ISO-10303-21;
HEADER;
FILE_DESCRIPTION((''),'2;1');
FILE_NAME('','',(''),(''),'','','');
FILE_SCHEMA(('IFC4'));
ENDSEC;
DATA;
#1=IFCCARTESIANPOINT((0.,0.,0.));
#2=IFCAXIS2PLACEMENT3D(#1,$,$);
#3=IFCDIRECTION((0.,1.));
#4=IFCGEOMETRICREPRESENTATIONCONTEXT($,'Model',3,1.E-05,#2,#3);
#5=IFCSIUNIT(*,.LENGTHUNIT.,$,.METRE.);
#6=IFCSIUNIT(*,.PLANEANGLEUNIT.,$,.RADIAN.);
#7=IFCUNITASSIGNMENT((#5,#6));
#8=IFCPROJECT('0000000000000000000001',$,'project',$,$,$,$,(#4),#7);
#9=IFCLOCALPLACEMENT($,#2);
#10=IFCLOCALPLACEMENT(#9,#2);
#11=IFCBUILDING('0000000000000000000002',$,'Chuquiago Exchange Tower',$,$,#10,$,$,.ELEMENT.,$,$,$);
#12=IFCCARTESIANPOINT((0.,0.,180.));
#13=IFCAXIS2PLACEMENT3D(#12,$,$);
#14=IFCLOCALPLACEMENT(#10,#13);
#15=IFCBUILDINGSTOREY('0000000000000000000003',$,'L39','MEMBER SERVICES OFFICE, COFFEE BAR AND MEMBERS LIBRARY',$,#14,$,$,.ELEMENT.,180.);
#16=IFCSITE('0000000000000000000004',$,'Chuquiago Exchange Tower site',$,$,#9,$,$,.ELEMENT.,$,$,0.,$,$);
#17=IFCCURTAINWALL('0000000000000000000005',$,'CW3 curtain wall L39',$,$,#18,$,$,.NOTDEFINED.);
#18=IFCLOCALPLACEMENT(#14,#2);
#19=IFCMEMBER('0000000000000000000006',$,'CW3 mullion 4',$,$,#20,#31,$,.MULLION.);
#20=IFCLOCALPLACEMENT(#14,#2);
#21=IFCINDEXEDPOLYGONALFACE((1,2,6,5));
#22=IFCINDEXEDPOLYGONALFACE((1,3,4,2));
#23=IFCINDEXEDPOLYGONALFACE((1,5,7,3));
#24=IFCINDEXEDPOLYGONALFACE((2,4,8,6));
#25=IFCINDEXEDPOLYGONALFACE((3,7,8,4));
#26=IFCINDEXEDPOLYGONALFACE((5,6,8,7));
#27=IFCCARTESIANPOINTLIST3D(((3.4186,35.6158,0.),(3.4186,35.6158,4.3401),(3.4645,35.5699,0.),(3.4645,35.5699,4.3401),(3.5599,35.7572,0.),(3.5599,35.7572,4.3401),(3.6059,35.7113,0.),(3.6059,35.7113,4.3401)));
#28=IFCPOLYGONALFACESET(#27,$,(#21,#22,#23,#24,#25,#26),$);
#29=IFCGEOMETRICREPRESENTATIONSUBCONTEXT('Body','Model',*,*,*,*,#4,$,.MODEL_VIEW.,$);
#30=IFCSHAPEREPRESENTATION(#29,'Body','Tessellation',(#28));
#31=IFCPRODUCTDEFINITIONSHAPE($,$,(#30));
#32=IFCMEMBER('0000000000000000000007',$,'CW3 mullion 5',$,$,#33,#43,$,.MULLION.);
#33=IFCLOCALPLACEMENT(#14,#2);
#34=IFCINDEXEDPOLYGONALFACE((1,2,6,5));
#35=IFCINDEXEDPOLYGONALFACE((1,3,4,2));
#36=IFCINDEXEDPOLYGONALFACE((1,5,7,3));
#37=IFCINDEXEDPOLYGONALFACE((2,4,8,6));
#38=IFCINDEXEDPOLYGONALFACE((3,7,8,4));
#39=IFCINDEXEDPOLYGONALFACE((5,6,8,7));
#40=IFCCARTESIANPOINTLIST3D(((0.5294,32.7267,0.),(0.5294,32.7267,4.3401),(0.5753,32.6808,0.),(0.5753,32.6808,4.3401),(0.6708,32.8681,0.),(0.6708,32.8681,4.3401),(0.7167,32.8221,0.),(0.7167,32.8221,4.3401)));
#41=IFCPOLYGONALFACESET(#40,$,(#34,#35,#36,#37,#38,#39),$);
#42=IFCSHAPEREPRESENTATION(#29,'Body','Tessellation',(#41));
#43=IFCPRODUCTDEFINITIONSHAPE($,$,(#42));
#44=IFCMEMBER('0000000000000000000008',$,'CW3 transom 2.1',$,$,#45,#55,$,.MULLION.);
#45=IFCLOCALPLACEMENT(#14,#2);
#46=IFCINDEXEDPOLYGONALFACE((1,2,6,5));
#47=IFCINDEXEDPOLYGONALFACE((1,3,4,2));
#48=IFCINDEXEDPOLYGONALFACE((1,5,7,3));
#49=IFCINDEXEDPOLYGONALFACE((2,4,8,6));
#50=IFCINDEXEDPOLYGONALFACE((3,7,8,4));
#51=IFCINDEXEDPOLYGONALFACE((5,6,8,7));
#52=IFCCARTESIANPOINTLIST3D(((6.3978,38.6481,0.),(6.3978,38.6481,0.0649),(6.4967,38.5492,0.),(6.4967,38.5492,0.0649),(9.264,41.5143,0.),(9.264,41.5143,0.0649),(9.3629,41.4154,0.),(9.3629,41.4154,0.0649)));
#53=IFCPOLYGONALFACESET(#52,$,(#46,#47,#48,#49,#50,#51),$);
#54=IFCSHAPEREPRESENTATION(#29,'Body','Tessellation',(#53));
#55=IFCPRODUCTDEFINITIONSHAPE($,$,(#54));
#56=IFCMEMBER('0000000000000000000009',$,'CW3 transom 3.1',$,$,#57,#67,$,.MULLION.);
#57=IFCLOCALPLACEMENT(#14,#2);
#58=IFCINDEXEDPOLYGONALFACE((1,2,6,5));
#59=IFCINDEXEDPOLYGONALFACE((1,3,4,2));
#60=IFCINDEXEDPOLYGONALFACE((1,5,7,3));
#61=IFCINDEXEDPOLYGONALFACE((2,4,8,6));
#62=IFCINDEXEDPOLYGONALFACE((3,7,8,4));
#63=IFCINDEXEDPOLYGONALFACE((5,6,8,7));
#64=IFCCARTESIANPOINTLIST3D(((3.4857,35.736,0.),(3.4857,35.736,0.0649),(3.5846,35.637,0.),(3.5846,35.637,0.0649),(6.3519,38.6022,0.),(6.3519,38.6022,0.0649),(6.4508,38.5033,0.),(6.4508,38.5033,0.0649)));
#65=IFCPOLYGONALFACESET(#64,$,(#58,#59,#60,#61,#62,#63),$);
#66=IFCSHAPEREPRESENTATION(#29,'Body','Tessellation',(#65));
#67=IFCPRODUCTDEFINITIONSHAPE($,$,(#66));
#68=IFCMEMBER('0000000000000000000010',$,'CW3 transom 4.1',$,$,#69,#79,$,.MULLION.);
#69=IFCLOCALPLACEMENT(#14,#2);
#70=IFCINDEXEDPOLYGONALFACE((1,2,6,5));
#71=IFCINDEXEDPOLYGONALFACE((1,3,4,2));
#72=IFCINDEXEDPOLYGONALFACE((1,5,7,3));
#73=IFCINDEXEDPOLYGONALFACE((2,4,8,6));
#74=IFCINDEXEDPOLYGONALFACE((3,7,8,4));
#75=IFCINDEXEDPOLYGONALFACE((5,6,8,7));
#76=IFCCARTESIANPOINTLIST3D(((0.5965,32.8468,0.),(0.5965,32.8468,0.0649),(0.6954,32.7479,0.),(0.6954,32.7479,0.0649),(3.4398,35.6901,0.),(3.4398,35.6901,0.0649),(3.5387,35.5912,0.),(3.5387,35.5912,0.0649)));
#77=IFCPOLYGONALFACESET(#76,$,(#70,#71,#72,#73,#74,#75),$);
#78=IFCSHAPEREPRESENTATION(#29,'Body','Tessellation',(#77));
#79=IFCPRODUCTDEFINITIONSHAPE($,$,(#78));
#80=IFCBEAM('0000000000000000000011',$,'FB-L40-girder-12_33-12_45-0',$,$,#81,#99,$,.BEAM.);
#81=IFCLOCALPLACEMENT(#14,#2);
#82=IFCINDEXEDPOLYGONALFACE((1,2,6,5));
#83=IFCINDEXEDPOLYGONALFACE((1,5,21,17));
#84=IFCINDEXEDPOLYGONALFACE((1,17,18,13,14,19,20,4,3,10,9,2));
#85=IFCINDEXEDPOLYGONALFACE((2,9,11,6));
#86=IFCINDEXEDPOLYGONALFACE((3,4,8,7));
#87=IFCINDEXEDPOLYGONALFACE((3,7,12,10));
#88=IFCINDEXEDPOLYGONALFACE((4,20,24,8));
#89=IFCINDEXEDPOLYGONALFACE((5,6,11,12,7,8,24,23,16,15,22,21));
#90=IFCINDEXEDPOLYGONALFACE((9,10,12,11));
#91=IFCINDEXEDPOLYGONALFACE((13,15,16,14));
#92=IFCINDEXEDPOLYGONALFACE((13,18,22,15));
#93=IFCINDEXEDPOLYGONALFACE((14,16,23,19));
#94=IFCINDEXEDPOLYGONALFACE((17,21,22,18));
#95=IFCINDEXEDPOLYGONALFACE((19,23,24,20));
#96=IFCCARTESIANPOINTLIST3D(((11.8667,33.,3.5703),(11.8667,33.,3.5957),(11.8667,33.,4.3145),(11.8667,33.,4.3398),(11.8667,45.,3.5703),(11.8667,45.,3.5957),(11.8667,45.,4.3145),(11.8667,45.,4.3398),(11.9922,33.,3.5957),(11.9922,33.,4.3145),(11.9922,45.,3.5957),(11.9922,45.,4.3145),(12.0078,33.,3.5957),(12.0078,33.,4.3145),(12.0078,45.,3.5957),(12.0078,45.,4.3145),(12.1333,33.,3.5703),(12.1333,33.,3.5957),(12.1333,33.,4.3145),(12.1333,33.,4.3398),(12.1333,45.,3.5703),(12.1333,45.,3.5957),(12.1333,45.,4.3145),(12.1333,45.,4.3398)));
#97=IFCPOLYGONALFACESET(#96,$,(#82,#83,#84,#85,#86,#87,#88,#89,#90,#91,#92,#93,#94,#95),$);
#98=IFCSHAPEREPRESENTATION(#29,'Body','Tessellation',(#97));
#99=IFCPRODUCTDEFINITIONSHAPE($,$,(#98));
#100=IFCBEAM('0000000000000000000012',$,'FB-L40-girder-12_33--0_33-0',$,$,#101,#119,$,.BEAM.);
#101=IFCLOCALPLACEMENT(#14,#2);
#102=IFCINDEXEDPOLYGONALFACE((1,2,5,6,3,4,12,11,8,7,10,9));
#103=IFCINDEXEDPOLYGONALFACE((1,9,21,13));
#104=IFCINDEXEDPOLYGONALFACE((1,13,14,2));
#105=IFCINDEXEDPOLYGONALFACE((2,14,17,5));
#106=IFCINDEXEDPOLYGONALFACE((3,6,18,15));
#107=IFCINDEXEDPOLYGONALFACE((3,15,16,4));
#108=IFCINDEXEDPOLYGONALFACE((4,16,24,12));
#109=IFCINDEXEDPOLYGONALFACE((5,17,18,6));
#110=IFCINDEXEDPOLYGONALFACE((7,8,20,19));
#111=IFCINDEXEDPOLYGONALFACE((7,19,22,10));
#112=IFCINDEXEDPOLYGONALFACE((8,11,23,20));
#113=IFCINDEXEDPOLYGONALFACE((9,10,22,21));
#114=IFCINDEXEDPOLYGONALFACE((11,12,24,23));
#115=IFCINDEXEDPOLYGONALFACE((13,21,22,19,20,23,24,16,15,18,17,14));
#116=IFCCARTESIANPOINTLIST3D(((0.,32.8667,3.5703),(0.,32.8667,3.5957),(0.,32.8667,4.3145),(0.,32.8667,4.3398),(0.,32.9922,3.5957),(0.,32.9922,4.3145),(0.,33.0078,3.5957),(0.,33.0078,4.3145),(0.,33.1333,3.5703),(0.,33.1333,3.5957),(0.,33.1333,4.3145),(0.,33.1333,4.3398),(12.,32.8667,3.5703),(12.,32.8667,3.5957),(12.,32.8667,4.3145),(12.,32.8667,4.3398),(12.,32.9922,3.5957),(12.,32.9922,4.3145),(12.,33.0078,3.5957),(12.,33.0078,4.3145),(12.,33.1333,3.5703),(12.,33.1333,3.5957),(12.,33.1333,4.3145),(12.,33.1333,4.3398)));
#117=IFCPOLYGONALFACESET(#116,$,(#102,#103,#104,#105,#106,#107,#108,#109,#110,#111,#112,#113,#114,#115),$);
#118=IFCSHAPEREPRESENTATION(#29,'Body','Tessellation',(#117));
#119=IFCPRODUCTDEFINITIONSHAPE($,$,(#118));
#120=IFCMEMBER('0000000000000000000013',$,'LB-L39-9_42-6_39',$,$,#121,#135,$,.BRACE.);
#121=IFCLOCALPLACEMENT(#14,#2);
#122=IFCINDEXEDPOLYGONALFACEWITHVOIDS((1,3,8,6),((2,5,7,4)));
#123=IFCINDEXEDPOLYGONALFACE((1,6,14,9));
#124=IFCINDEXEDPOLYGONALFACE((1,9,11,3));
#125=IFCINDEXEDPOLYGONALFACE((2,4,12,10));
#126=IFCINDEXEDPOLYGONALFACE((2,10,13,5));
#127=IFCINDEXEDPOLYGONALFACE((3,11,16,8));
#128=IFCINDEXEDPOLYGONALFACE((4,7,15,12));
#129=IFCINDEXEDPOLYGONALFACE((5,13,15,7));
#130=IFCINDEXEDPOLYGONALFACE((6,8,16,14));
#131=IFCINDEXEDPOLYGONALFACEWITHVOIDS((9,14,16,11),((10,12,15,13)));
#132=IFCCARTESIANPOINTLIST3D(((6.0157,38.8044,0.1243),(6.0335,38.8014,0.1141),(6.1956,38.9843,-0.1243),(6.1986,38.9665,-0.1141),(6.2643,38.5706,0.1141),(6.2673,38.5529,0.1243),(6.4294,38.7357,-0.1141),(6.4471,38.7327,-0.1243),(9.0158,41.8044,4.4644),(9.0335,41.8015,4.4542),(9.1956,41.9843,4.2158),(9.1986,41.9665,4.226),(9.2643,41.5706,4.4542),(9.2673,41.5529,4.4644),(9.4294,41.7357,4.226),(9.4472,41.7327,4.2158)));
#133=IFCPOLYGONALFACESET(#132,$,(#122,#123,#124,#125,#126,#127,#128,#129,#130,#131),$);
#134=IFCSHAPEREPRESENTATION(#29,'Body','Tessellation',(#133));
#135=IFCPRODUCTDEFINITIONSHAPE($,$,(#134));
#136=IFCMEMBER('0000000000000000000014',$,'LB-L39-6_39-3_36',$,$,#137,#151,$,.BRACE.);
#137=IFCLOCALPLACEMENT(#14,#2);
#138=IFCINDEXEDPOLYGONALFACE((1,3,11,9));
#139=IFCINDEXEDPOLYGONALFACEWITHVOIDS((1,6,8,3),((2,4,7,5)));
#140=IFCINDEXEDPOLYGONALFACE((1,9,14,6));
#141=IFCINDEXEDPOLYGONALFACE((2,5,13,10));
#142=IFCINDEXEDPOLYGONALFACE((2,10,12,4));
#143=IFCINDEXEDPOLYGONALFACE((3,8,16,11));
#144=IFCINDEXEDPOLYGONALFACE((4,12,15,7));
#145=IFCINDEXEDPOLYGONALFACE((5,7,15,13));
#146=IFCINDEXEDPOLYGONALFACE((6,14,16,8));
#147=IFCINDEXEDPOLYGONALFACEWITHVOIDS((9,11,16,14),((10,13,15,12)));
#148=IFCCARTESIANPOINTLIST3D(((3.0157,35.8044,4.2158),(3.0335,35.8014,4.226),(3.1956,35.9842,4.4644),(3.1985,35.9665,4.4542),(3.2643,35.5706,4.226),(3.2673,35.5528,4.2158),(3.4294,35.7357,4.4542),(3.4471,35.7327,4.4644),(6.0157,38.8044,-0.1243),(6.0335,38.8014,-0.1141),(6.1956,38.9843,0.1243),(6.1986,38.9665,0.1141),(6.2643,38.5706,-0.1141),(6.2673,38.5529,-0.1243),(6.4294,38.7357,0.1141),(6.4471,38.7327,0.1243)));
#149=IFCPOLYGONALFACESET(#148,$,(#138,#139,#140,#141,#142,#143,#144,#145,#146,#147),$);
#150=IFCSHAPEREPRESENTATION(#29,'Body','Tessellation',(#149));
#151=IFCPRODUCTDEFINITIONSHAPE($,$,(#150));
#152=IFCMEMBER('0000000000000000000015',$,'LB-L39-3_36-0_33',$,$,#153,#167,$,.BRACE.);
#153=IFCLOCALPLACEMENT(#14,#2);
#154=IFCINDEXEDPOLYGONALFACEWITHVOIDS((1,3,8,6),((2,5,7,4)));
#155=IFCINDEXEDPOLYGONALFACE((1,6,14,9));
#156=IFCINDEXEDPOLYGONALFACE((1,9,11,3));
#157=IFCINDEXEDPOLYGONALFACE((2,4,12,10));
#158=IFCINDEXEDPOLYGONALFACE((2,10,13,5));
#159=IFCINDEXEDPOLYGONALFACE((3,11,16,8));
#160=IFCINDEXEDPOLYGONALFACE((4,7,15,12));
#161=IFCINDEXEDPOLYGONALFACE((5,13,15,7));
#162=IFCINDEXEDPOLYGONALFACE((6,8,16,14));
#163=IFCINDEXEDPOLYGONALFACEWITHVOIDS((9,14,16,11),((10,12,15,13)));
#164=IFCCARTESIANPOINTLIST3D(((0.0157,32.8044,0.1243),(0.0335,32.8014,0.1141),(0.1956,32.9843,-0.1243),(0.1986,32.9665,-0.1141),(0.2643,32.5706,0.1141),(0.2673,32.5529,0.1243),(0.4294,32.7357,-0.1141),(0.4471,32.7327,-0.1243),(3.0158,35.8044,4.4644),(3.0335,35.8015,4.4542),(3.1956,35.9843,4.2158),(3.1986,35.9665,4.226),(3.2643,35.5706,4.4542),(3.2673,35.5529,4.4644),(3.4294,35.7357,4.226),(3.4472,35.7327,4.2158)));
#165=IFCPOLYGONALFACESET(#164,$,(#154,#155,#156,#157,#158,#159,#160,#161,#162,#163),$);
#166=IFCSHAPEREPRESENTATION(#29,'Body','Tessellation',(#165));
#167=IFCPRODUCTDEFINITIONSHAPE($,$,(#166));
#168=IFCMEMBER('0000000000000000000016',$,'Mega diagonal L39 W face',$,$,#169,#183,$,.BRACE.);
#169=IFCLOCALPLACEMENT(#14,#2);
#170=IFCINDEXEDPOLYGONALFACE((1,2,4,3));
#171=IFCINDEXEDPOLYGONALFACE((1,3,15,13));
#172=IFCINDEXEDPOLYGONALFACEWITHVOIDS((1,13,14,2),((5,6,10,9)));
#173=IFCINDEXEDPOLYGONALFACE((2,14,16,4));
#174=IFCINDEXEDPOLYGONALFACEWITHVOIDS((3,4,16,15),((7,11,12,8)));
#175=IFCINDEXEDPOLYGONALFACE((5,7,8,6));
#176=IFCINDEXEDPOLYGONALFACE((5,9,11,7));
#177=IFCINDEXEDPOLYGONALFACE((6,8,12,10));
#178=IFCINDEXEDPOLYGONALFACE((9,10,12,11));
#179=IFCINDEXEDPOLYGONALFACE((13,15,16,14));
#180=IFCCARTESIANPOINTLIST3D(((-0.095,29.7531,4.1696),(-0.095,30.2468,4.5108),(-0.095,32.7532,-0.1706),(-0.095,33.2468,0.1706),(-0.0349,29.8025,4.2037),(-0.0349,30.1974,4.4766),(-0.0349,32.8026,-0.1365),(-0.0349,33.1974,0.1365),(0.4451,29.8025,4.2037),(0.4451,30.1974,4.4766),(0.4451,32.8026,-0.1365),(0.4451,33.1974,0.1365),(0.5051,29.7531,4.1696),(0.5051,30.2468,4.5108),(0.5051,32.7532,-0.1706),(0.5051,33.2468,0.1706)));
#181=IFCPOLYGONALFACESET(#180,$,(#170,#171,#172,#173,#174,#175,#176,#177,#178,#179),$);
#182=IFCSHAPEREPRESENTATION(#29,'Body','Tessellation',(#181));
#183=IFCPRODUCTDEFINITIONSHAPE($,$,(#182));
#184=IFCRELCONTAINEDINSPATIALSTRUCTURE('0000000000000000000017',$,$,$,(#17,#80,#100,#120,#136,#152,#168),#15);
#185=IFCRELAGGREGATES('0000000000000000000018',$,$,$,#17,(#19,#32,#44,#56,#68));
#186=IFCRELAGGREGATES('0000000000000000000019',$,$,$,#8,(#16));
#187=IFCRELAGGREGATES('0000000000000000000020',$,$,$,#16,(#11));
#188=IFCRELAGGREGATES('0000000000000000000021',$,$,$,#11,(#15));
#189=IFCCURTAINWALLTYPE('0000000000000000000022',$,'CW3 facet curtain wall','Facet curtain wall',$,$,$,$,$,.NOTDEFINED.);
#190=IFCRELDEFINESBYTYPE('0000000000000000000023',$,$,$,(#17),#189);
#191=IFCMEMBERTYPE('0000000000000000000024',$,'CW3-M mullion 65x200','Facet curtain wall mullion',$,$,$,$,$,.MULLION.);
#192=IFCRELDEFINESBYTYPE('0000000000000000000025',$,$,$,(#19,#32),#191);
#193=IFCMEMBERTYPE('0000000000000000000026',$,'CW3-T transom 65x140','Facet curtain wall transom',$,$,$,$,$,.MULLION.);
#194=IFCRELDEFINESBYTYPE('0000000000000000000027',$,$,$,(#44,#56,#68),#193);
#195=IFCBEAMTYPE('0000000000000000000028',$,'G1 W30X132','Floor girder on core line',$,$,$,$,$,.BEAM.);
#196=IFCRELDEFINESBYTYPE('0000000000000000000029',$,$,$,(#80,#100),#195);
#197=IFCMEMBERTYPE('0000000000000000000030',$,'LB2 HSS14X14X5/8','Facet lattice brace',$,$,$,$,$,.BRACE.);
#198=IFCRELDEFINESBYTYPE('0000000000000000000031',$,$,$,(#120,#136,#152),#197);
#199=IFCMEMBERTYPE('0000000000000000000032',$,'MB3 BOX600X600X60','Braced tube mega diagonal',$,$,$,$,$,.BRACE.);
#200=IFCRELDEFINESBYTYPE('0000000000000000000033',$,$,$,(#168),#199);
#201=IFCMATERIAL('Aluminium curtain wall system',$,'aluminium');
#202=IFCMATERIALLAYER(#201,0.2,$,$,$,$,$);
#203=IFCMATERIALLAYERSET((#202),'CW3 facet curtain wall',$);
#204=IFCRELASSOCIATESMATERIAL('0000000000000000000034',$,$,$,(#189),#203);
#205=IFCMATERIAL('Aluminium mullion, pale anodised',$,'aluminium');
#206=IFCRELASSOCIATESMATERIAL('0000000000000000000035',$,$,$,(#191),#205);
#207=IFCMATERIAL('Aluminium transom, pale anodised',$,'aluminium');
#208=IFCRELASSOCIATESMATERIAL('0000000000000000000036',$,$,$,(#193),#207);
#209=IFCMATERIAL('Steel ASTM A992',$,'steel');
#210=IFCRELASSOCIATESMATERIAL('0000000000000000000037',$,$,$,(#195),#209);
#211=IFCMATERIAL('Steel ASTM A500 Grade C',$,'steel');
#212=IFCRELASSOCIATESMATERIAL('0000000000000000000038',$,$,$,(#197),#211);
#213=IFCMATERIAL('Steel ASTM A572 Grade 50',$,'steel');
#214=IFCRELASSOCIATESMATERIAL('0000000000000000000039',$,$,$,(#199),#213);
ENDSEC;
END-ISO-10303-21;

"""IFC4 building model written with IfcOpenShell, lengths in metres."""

from ifc_helpers import new_model, si_unit, direction, frame, origin, origin_2d, place, context, subcontext, project, spatial, rectangle, hollow_rectangle, i_section, extrude, material, layer, layer_set, material_profile, profile_set, type_object, element, aggregate, save


model = new_model("IFC4")

# Units and contexts
model_context = context("Model", 3, precision=1e-05, world=origin(), true_north=direction((0.0, 1.0)))
body_context = subcontext(model_context, "Body", "Model", "MODEL_VIEW")
ifc_project = project(units=[si_unit("LENGTHUNIT", "METRE"), si_unit("PLANEANGLEUNIT", "RADIAN")], contexts=[model_context])

# Site, building, storey
site_placement = place(None, origin())
site = spatial("IfcSite", under=ifc_project, at=site_placement, Name="Chuquiago Exchange Tower site", CompositionType="ELEMENT", RefElevation=0.0)
building_placement = place(site_placement, origin())
building = spatial("IfcBuilding", under=site, at=building_placement, Name="Chuquiago Exchange Tower", CompositionType="ELEMENT")
storey_placement = place(building_placement, frame((0.0, 0.0, 180.0)))
storey = spatial("IfcBuildingStorey", under=building, at=storey_placement, Name="L39", Description="MEMBER SERVICES OFFICE, COFFEE BAR AND MEMBERS LIBRARY", CompositionType="ELEMENT", Elevation=180.0)

# Curtain wall, members
ifc_material_1 = material(Name="Aluminium curtain wall system", Category="aluminium")
ifc_layer_1 = layer(ifc_material_1, 0.2)
ifc_layer_set_1 = layer_set([ifc_layer_1], Name="CW3 facet curtain wall")
curtain_wall_type_1 = type_object("IfcCurtainWallType", Name="CW3 facet curtain wall", Description="Facet curtain wall", PredefinedType="NOTDEFINED", material=ifc_layer_set_1)
curtain_wall_1_placement = place(storey_placement, origin())
curtain_wall_1 = element("IfcCurtainWall", 1, at=curtain_wall_1_placement, inside=storey, type_object=curtain_wall_type_1, Name="CW3 curtain wall L39", PredefinedType="NOTDEFINED")
ifc_material_2 = material(Name="Aluminium mullion, pale anodised", Category="aluminium")
ifc_material_profile_1 = material_profile(ifc_material_2, rectangle(XDim=0.0649, YDim=0.2, at=origin_2d()), Name="AL 65x200")
ifc_profile_set_1 = profile_set([ifc_material_profile_1], Name="Aluminium mullion, pale anodised")
member_type_1 = type_object("IfcMemberType", Name="CW3-M mullion 65x200", Description="Facet curtain wall mullion", PredefinedType="MULLION", material=ifc_profile_set_1)
member_1_placement = place(storey_placement, frame((3.5122, 35.6636, 0.0), z_axis=(0.0, 0.0, 1.0), x_axis=(0.707107, -0.707107, 0.0)))
member_1 = element("IfcMember", 2, at=member_1_placement, type_object=member_type_1, Name="CW3 mullion 4", PredefinedType="MULLION", context=body_context, shape_type="SweptSolid", body=[
    extrude(rectangle(XDim=0.0649, YDim=0.2, at=origin_2d()), origin(), (0.0, 0.0, 1.0), 4.3401),
])
member_2_placement = place(storey_placement, frame((0.623, 32.7744, 0.0), z_axis=(0.0, 0.0, 1.0), x_axis=(0.707107, -0.707107, 0.0)))
member_2 = element("IfcMember", 3, at=member_2_placement, type_object=member_type_1, Name="CW3 mullion 5", PredefinedType="MULLION", context=body_context, shape_type="SweptSolid", body=[
    extrude(rectangle(XDim=0.0649, YDim=0.2, at=origin_2d()), origin(), (0.0, 0.0, 1.0), 4.3401),
])
ifc_material_3 = material(Name="Aluminium transom, pale anodised", Category="aluminium")
ifc_material_profile_2 = material_profile(ifc_material_3, rectangle(XDim=0.1399, YDim=0.0649, at=origin_2d()), Name="AL 140x65")
ifc_profile_set_2 = profile_set([ifc_material_profile_2], Name="Aluminium transom, pale anodised")
member_type_2 = type_object("IfcMemberType", Name="CW3-T transom 65x140", Description="Facet curtain wall transom", PredefinedType="MULLION", material=ifc_profile_set_2)
member_3_placement = place(storey_placement, frame((9.3135, 41.4648, 0.0325), z_axis=(-0.707107, -0.707107, 0.0), x_axis=(0.707107, -0.707107, 0.0)))
member_3 = element("IfcMember", 4, at=member_3_placement, type_object=member_type_2, Name="CW3 transom 2.1", PredefinedType="MULLION", context=body_context, shape_type="SweptSolid", body=[
    extrude(rectangle(XDim=0.1399, YDim=0.0649, at=origin_2d()), origin(), (0.0, 0.0, 1.0), 4.0535),
])
member_4_placement = place(storey_placement, frame((6.4014, 38.5527, 0.0325), z_axis=(-0.707107, -0.707107, 0.0), x_axis=(0.707107, -0.707107, 0.0)))
member_4 = element("IfcMember", 5, at=member_4_placement, type_object=member_type_2, Name="CW3 transom 3.1", PredefinedType="MULLION", context=body_context, shape_type="SweptSolid", body=[
    extrude(rectangle(XDim=0.1399, YDim=0.0649, at=origin_2d()), origin(), (0.0, 0.0, 1.0), 4.0535),
])
member_5_placement = place(storey_placement, frame((3.4893, 35.6406, 0.0325), z_axis=(-0.707107, -0.707107, 0.0), x_axis=(0.707107, -0.707107, 0.0)))
member_5 = element("IfcMember", 6, at=member_5_placement, type_object=member_type_2, Name="CW3 transom 4.1", PredefinedType="MULLION", context=body_context, shape_type="SweptSolid", body=[
    extrude(rectangle(XDim=0.1399, YDim=0.0649, at=origin_2d()), origin(), (0.0, 0.0, 1.0), 4.021),
])

# Beams
ifc_material_4 = material(Name="Steel ASTM A992", Category="steel")
ifc_material_profile_3 = material_profile(ifc_material_4, i_section(OverallWidth=0.2666, OverallDepth=0.7695, WebThickness=0.0156, FlangeThickness=0.0254, at=origin_2d()), Name="W30X132")
ifc_profile_set_3 = profile_set([ifc_material_profile_3], Name="Steel ASTM A992")
beam_type_1 = type_object("IfcBeamType", Name="G1 W30X132", Description="Floor girder on core line", PredefinedType="BEAM", material=ifc_profile_set_3)
for number, where, z_axis, x_axis, name in (
    (7, (12.0, 33.0, 3.9551), (0.0, 1.0, 0.0), (-1.0, 0.0, 0.0), "FB-L40-girder-12_33-12_45-0"),
    (8, (12.0, 33.0, 3.9551), (-1.0, 0.0, 0.0), (0.0, -1.0, 0.0), "FB-L40-girder-12_33--0_33-0"),
):
    element("IfcBeam", number, at=place(storey_placement, frame(where, z_axis=z_axis, x_axis=x_axis)), inside=storey, type_object=beam_type_1, Name=name, PredefinedType="BEAM", context=body_context, shape_type="SweptSolid", body=[
        extrude(i_section(OverallWidth=0.2666, OverallDepth=0.7695, WebThickness=0.0156, FlangeThickness=0.0254, at=origin_2d()), origin(), (0.0, 0.0, 1.0), 12.0),
    ])

# Members
ifc_material_5 = material(Name="Steel ASTM A500 Grade C", Category="steel")
ifc_material_profile_4 = material_profile(ifc_material_5, hollow_rectangle(XDim=0.3557, YDim=0.3557, WallThickness=0.0146, at=origin_2d()), Name="HSS14X14X5/8")
ifc_profile_set_4 = profile_set([ifc_material_profile_4], Name="Steel ASTM A500 Grade C")
member_type_3 = type_object("IfcMemberType", Name="LB2 HSS14X14X5/8", Description="Facet lattice brace", PredefinedType="BRACE", material=ifc_profile_set_4)
for number, where, z_axis, x_axis, name in (
    (9, (6.2314, 38.7686, 0.0), (0.494291, 0.494291, 0.715089), (-0.707107, 0.707107, 0.0), "LB-L39-9_42-6_39"),
    (10, (6.2314, 38.7686, 0.0), (-0.494291, -0.494291, 0.715089), (0.707107, -0.707107, 0.0), "LB-L39-6_39-3_36"),
    (11, (0.2314, 32.7686, 0.0), (0.494291, 0.494291, 0.715089), (-0.707107, 0.707107, 0.0), "LB-L39-3_36-0_33"),
):
    element("IfcMember", number, at=place(storey_placement, frame(where, z_axis=z_axis, x_axis=x_axis)), inside=storey, type_object=member_type_3, Name=name, PredefinedType="BRACE", context=body_context, shape_type="SweptSolid", body=[
        extrude(hollow_rectangle(XDim=0.3557, YDim=0.3557, WallThickness=0.0146, at=origin_2d()), origin(), (0.0, 0.0, 1.0), 6.0693),
    ])
ifc_material_6 = material(Name="Steel ASTM A572 Grade 50", Category="steel")
ifc_material_profile_5 = material_profile(ifc_material_6, hollow_rectangle(XDim=0.6001, YDim=0.6001, WallThickness=0.0601, at=origin_2d()), Name="BOX600X600X60")
ifc_profile_set_5 = profile_set([ifc_material_profile_5], Name="Steel ASTM A572 Grade 50")
member_type_4 = type_object("IfcMemberType", Name="MB3 BOX600X600X60", Description="Braced tube mega diagonal", PredefinedType="BRACE", material=ifc_profile_set_5)
member_6_placement = place(storey_placement, frame((0.2051, 33.0, 0.0), z_axis=(0.0, -0.568611, 0.822607), x_axis=(1.0, 0.0, 0.0)))
element("IfcMember", 12, at=member_6_placement, inside=storey, type_object=member_type_4, Name="Mega diagonal L39 W face", PredefinedType="BRACE", context=body_context, shape_type="SweptSolid", body=[
    extrude(hollow_rectangle(XDim=0.6001, YDim=0.6001, WallThickness=0.0601, at=origin_2d()), origin(), (0.0, 0.0, 1.0), 5.2761),
])

aggregate(curtain_wall_1, [member_1, member_2, member_3, member_4, member_5])

save(model, "model.ifc")
